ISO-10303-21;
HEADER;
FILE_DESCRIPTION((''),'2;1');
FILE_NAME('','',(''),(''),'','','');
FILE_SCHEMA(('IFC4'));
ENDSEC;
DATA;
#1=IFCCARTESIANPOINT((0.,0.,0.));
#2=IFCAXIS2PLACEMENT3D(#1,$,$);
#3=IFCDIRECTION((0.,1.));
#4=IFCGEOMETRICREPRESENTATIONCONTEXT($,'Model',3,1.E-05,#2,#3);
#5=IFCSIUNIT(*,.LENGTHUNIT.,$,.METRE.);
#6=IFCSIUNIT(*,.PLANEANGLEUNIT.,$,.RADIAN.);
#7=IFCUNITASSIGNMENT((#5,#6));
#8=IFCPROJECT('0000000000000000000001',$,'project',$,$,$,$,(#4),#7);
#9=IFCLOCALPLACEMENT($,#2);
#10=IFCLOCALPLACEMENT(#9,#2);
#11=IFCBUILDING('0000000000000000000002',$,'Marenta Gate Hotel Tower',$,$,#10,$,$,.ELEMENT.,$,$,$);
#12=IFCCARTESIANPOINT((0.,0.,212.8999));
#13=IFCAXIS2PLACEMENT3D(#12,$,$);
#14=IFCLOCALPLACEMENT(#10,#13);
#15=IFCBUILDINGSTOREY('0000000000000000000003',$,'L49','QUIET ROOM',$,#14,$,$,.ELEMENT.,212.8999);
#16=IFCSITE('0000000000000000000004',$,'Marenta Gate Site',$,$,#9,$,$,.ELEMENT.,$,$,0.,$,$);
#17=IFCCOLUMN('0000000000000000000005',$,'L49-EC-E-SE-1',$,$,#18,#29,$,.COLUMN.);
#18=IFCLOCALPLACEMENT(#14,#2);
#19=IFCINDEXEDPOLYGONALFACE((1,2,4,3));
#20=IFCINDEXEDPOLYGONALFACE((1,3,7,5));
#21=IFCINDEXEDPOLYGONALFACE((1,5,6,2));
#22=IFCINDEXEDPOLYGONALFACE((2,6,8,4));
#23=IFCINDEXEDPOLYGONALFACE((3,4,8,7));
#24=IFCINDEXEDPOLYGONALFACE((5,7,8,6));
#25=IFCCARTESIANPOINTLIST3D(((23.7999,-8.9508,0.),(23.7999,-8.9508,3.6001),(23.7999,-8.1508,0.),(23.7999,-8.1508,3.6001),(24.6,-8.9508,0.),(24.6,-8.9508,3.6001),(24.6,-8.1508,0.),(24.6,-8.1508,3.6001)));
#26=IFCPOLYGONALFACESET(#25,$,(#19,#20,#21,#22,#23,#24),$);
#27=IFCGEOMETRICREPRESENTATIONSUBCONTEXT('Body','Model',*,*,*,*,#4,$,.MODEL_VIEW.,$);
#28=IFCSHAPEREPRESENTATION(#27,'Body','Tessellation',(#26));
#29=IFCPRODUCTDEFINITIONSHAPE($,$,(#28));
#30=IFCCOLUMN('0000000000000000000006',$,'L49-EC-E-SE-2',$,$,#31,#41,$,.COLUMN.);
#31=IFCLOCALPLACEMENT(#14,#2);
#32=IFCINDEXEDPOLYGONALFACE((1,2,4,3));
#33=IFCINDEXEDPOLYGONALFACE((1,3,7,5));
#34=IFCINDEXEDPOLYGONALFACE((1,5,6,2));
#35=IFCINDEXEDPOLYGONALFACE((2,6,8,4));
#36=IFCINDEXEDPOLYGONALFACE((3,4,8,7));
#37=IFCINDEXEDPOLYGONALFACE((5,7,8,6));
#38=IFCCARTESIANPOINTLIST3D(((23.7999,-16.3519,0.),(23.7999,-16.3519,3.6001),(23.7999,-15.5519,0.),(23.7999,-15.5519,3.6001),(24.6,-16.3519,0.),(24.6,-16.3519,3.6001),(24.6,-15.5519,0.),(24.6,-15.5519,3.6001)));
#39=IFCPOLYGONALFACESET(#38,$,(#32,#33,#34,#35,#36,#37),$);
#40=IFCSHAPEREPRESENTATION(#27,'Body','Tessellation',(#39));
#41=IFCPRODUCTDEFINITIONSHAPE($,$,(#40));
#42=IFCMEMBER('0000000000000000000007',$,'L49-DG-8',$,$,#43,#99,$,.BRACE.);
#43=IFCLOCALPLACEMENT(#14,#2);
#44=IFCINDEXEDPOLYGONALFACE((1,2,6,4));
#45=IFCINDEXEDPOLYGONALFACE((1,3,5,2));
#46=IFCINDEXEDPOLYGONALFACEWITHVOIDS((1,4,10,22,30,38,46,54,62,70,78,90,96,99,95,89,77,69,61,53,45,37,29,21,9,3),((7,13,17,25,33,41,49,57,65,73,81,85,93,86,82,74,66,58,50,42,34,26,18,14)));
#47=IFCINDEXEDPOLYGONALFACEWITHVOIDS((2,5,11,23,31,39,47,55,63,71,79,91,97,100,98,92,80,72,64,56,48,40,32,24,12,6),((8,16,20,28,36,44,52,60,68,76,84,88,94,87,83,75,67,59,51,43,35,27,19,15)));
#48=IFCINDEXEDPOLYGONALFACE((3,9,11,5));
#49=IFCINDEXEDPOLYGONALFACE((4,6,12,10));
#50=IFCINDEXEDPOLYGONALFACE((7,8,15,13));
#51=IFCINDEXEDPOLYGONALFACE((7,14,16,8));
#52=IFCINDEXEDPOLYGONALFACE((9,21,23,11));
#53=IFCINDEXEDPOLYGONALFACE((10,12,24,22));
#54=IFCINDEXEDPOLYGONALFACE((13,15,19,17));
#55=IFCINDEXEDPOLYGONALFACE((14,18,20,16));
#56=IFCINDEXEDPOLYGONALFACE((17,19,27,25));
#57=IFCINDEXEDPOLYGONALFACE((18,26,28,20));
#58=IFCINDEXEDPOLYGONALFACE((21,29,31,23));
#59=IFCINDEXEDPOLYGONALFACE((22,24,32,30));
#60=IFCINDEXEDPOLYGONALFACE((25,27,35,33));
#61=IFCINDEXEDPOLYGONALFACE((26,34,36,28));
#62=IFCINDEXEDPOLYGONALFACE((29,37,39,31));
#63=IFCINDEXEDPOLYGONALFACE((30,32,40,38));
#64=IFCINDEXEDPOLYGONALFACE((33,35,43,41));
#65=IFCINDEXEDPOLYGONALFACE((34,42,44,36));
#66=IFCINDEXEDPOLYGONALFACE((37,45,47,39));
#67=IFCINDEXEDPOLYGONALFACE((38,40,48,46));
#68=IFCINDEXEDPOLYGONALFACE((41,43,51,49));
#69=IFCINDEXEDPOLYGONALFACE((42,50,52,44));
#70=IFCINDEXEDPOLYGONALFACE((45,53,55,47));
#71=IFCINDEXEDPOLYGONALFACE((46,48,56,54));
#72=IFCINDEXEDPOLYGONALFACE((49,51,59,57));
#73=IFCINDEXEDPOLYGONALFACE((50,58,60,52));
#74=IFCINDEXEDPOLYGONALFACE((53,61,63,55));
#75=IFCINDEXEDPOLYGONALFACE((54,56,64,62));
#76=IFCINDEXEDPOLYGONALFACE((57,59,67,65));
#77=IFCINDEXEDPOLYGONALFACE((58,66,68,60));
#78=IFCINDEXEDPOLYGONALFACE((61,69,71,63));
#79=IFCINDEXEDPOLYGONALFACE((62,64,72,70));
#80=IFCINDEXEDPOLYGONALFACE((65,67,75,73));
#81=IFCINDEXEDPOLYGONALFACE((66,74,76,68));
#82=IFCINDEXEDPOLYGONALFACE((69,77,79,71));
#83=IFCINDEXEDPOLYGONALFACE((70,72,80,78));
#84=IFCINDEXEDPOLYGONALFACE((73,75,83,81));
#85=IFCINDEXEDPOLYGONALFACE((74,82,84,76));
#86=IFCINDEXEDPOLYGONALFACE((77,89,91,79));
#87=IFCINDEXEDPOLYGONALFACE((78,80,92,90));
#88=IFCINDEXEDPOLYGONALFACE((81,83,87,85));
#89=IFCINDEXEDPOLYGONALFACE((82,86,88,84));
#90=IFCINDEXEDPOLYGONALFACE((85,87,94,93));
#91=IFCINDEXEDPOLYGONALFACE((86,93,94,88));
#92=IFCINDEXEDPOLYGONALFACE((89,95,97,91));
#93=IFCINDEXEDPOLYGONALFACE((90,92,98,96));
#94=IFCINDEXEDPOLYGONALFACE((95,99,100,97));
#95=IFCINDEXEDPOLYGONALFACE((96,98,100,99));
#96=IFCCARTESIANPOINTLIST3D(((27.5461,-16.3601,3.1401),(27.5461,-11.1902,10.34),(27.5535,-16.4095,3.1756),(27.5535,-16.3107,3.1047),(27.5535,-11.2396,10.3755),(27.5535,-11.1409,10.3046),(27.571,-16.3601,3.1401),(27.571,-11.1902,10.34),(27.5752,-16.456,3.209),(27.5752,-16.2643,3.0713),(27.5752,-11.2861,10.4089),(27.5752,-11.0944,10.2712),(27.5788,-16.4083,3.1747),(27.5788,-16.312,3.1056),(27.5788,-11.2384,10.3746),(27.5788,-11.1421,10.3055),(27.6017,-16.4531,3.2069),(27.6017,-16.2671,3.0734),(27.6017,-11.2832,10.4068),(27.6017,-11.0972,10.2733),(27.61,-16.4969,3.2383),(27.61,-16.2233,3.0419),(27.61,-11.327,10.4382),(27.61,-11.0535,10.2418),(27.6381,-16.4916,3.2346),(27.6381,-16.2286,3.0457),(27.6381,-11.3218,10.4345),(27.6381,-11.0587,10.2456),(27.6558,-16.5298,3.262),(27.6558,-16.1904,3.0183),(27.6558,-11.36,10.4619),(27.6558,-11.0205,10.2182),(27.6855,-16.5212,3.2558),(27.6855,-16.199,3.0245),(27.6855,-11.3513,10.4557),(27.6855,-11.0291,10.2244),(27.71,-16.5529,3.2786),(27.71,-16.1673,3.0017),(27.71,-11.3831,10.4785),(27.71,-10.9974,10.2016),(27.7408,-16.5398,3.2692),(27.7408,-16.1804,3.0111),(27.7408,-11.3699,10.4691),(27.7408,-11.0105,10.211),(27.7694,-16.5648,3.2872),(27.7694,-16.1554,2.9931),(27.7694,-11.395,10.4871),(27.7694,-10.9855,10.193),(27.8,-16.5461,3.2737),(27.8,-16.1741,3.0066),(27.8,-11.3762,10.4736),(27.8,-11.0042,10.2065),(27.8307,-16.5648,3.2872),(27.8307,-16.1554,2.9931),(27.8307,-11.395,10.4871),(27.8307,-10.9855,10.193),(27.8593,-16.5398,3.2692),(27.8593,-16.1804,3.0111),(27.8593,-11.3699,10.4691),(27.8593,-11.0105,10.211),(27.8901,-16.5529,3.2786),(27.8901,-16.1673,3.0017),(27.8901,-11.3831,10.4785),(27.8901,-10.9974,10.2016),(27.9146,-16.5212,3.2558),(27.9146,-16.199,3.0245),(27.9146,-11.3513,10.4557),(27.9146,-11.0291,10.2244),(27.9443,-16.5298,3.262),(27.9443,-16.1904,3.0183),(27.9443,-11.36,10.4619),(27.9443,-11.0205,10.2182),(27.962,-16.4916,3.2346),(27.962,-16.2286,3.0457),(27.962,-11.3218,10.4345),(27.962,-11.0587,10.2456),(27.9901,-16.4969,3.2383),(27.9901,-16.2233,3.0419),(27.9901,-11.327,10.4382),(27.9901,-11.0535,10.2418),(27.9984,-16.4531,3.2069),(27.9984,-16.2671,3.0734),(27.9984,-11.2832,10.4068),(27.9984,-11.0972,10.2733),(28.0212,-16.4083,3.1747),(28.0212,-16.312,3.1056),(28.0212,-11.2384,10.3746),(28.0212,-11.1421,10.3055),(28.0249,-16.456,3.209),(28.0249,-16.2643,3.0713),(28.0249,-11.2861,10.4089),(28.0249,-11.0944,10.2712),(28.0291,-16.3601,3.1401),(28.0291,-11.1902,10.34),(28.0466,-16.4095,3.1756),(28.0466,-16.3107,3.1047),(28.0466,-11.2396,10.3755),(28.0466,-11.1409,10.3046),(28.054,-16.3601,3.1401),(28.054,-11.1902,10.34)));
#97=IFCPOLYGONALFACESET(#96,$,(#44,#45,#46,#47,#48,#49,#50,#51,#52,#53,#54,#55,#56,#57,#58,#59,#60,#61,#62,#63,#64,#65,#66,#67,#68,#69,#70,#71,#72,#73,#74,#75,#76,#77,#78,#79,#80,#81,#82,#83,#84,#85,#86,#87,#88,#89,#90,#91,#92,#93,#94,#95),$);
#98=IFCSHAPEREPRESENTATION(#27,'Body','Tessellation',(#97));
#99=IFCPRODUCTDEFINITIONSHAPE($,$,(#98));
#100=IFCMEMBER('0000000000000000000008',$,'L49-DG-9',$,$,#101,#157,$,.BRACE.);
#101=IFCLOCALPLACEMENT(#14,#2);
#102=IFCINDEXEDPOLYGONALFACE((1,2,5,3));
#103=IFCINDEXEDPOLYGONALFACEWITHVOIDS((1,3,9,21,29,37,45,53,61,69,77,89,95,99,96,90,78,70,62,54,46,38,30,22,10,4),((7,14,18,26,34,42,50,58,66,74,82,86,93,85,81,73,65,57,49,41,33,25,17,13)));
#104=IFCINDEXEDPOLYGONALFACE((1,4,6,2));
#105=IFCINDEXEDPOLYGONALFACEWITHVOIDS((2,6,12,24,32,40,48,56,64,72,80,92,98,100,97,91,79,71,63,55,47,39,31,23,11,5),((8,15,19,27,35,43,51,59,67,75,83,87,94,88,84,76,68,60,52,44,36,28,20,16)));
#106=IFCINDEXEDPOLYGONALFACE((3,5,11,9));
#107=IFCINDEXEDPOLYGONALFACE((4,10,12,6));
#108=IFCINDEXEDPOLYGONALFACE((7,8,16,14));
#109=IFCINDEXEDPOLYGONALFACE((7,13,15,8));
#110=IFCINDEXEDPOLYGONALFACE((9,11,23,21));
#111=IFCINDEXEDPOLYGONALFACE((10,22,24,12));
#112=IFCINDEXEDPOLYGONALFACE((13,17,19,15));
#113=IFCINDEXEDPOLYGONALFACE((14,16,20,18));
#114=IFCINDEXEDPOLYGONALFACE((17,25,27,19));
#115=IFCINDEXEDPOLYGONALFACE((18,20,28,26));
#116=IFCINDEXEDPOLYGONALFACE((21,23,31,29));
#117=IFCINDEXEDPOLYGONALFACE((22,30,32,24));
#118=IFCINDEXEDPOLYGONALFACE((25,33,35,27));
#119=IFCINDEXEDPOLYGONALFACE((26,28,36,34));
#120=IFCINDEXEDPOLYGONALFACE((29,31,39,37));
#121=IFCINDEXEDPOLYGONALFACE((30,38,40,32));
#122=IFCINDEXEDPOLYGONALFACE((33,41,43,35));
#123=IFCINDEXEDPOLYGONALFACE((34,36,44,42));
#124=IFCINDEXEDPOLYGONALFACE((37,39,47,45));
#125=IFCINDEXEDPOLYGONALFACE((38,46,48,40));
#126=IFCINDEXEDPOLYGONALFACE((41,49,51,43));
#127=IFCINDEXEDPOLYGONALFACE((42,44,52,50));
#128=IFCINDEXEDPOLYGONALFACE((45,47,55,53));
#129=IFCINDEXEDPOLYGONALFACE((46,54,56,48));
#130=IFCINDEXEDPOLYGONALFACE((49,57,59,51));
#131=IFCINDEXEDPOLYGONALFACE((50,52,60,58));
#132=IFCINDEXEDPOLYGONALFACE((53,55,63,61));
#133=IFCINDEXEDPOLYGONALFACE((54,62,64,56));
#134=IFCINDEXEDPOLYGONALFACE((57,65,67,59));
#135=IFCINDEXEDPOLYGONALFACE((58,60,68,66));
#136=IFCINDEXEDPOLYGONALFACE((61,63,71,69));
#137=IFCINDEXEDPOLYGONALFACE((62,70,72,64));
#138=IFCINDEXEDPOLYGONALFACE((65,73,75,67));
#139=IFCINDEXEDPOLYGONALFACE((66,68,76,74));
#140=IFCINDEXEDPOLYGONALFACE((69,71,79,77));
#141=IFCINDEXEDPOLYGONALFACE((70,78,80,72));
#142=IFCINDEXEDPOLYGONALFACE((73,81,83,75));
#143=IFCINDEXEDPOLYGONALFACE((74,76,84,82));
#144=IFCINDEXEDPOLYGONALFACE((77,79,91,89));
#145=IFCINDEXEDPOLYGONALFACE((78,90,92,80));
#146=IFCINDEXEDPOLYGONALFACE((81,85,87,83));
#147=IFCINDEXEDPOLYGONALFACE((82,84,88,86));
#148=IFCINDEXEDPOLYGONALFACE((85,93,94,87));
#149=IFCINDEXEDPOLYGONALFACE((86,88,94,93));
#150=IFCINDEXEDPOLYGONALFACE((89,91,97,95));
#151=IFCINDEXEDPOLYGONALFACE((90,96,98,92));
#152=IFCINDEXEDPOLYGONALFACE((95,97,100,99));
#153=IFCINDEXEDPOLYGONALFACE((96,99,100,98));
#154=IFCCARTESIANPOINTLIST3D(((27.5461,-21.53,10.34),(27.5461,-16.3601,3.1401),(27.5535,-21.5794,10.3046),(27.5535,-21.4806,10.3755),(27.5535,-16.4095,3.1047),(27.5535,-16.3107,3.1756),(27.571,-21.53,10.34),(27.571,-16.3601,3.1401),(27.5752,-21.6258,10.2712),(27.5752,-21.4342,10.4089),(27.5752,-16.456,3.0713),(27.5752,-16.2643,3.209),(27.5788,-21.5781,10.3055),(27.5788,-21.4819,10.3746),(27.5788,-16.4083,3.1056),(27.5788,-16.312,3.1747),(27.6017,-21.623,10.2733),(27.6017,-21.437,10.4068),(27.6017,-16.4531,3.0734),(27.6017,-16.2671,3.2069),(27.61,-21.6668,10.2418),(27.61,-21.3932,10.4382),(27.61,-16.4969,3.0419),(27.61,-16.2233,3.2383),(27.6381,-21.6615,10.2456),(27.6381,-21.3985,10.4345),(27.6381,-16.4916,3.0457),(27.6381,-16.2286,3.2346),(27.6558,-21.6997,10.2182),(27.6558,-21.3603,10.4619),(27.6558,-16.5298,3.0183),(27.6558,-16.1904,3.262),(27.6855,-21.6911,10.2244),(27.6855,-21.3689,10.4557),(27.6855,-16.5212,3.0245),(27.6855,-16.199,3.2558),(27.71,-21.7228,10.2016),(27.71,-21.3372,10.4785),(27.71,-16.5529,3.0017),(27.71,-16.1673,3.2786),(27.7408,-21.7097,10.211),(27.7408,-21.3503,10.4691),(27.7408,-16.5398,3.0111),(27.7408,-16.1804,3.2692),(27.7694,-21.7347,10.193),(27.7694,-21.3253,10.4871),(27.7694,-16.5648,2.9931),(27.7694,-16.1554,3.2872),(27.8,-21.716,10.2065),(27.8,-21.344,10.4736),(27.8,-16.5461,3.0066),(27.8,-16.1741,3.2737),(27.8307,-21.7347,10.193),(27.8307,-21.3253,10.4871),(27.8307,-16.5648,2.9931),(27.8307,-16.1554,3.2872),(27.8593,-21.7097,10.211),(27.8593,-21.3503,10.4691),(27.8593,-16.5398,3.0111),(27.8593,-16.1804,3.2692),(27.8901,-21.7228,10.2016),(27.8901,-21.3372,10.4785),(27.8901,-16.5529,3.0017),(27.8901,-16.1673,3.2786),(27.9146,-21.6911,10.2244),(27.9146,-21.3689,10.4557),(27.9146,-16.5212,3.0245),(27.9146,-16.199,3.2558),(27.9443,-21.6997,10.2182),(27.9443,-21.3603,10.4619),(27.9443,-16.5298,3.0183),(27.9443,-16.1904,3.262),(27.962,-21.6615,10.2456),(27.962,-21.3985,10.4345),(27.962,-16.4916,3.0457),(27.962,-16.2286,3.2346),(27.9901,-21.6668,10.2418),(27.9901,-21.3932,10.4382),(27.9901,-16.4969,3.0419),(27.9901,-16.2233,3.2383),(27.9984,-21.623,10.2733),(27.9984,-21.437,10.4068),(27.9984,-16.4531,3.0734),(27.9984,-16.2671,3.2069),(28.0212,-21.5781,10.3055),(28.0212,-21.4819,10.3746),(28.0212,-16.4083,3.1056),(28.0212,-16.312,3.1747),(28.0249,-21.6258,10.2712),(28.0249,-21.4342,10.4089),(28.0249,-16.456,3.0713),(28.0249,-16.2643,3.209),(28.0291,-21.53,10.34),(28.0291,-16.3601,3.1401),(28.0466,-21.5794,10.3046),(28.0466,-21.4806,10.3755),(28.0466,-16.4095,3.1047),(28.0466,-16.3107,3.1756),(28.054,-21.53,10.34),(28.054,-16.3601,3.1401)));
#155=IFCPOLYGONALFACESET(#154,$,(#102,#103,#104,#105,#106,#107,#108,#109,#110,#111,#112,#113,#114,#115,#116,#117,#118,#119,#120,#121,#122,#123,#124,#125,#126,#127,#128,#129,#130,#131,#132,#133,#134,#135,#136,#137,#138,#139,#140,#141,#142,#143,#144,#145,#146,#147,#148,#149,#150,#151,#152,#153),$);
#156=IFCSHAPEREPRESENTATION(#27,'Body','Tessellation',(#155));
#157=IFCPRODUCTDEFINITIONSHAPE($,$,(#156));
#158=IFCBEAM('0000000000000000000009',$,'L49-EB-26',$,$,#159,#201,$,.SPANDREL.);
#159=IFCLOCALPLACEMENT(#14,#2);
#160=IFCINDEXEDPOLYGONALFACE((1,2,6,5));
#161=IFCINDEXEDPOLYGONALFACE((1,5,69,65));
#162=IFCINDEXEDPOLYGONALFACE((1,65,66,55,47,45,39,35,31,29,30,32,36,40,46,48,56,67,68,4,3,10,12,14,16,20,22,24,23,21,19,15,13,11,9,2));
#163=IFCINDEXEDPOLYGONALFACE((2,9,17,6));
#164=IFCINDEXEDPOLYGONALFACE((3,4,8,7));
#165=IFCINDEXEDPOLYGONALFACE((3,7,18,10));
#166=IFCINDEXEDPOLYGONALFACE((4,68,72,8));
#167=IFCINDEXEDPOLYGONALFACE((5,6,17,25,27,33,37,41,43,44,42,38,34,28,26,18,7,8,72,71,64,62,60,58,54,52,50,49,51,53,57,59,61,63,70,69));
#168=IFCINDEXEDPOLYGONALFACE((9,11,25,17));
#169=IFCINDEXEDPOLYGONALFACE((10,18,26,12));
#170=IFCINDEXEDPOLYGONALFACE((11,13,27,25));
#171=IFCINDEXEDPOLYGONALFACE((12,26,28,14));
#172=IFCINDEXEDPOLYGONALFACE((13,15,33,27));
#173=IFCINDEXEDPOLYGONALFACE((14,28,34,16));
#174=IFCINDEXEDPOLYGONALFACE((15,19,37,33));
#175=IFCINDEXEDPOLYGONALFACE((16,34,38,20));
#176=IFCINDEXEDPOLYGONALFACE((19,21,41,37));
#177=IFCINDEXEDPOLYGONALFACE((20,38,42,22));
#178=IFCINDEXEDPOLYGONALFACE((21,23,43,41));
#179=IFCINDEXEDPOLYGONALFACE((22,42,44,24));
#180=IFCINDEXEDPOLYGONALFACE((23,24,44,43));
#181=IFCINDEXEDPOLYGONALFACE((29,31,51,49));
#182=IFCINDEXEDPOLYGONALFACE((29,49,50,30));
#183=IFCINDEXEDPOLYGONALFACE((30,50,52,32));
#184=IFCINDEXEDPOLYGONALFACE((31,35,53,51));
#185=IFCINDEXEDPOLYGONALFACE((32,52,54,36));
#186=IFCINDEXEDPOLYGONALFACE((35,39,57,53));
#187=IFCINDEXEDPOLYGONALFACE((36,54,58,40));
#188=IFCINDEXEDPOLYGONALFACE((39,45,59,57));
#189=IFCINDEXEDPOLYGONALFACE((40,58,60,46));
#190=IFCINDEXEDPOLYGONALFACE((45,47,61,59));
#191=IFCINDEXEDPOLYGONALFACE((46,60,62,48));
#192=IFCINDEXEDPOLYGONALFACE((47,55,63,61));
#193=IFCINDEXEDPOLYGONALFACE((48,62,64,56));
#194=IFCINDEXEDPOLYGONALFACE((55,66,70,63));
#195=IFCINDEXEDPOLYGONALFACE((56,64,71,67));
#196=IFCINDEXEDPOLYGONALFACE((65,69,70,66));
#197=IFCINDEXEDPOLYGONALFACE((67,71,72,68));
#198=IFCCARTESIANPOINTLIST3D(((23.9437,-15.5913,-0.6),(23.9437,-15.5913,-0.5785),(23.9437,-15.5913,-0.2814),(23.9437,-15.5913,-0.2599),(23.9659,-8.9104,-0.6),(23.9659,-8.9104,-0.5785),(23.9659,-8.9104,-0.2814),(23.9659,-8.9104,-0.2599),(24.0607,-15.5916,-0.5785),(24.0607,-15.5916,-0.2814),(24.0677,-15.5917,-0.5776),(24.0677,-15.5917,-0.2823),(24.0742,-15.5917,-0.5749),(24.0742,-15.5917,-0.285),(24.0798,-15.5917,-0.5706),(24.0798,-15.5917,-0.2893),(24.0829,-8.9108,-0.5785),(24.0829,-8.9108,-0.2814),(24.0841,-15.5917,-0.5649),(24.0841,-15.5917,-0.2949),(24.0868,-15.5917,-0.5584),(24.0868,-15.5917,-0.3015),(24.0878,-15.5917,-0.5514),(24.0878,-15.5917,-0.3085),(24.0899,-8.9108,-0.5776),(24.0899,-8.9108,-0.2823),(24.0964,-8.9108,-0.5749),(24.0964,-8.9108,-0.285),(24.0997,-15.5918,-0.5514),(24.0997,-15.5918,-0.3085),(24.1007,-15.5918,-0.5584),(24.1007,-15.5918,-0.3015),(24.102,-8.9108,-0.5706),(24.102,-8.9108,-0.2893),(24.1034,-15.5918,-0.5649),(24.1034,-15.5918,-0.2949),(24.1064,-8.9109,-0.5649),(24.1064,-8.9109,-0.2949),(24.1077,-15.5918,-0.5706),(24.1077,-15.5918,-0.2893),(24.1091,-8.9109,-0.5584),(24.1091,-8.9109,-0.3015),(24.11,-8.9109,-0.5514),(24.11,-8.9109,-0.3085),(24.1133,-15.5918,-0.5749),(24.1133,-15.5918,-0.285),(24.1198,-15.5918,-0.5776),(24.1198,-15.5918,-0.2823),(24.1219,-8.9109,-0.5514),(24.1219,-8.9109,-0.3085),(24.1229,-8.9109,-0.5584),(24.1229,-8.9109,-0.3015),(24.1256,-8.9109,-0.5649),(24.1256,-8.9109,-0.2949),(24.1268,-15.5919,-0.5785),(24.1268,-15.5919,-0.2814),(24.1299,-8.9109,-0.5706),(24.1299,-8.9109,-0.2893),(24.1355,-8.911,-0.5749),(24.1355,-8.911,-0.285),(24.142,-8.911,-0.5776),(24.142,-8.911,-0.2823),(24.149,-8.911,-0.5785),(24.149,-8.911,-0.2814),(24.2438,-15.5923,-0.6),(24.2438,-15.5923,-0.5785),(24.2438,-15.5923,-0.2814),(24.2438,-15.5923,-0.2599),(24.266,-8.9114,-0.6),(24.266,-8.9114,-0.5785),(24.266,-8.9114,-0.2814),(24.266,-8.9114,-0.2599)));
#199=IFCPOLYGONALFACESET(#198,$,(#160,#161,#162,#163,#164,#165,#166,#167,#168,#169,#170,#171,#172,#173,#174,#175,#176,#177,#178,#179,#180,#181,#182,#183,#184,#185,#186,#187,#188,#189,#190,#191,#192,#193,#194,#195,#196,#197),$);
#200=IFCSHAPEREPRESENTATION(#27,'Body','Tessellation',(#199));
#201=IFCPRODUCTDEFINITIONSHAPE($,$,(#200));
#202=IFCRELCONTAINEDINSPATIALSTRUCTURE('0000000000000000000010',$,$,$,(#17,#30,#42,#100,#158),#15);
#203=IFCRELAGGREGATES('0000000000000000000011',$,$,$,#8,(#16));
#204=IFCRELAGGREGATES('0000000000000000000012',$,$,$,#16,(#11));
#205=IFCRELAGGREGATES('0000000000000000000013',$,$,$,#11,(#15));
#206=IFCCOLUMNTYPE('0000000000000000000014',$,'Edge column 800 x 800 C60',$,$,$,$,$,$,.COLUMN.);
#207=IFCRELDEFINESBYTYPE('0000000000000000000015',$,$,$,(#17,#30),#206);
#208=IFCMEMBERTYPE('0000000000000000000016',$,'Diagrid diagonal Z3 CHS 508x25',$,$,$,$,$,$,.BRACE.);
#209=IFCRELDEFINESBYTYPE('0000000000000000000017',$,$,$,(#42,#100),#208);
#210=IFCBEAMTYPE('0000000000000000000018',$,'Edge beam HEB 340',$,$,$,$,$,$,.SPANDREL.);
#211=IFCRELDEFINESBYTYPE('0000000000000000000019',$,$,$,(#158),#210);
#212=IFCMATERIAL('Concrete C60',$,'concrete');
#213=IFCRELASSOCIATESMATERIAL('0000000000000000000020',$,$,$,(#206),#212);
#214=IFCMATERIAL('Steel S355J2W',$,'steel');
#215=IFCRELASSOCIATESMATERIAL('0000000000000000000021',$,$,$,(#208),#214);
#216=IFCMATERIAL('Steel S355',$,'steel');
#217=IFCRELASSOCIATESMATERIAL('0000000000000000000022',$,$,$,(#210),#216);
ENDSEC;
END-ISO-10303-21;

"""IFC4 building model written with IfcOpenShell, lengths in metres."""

from ifc_helpers import new_model, si_unit, direction, frame, origin, origin_2d, place, context, subcontext, project, spatial, rectangle, hollow_circle, i_section, extrude, material, material_profile, profile_set, type_object, element, save


model = new_model("IFC4")

# Units and contexts
model_context = context("Model", 3, precision=1e-05, world=origin(), true_north=direction((0.0, 1.0)))
body_context = subcontext(model_context, "Body", "Model", "MODEL_VIEW")
ifc_project = project(units=[si_unit("LENGTHUNIT", "METRE"), si_unit("PLANEANGLEUNIT", "RADIAN")], contexts=[model_context])

# Site, building, storey
site_placement = place(None, origin())
site = spatial("IfcSite", under=ifc_project, at=site_placement, Name="Marenta Gate Site", CompositionType="ELEMENT", RefElevation=0.0)
building_placement = place(site_placement, origin())
building = spatial("IfcBuilding", under=site, at=building_placement, Name="Marenta Gate Hotel Tower", CompositionType="ELEMENT")
storey_placement = place(building_placement, frame((0.0, 0.0, 212.8999)))
storey = spatial("IfcBuildingStorey", under=building, at=storey_placement, Name="L49", Description="QUIET ROOM", CompositionType="ELEMENT", Elevation=212.8999)

# Columns
ifc_material_1 = material(Name="Concrete C60", Category="concrete")
ifc_material_profile_1 = material_profile(ifc_material_1, rectangle(XDim=0.8, YDim=0.8, at=origin_2d()), Name="800 x 800")
ifc_profile_set_1 = profile_set([ifc_material_profile_1], Name="Concrete C60")
column_type = type_object("IfcColumnType", Name="Edge column 800 x 800 C60", PredefinedType="COLUMN", material=ifc_profile_set_1)
for number, where, z_axis, x_axis, name in (
    (1, (24.2, -8.5508, 0.0), (0.0, 0.0, 1.0), (1.0, 0.0, 0.0), "L49-EC-E-SE-1"),
    (2, (24.2, -15.9519, 0.0), (0.0, 0.0, 1.0), (1.0, 0.0, 0.0), "L49-EC-E-SE-2"),
):
    element("IfcColumn", number, at=place(storey_placement, frame(where, z_axis=z_axis, x_axis=x_axis)), inside=storey, type_object=column_type, Name=name, PredefinedType="COLUMN", context=body_context, shape_type="SweptSolid", body=[
        extrude(rectangle(XDim=0.8, YDim=0.8, at=origin_2d()), origin(), (0.0, 0.0, 1.0), 3.6001),
    ])

# Members
ifc_material_2 = material(Name="Steel S355J2W", Category="steel")
ifc_material_profile_2 = material_profile(ifc_material_2, hollow_circle(Radius=0.2539, WallThickness=0.0249, at=origin_2d()), Name="CHS 508x25")
ifc_profile_set_2 = profile_set([ifc_material_profile_2], Name="Steel S355J2W")
member_type_1 = type_object("IfcMemberType", Name="Diagrid diagonal Z3 CHS 508x25", PredefinedType="BRACE", material=ifc_profile_set_2)
for number, where, z_axis, x_axis, name in (
    (3, (27.8, -16.3601, 3.1401), (0.0, 0.583261, 0.812285), (-1.0, 0.0, 0.0), "L49-DG-8"),
    (4, (27.8, -16.3601, 3.1401), (0.0, -0.583261, 0.812285), (1.0, 0.0, 0.0), "L49-DG-9"),
):
    element("IfcMember", number, at=place(storey_placement, frame(where, z_axis=z_axis, x_axis=x_axis)), inside=storey, type_object=member_type_1, Name=name, PredefinedType="BRACE", context=body_context, shape_type="SweptSolid", body=[
        extrude(hollow_circle(Radius=0.2539, WallThickness=0.0249, at=origin_2d()), origin(), (0.0, 0.0, 1.0), 8.8638),
    ])

# Beam
ifc_material_3 = material(Name="Steel S355", Category="steel")
ifc_material_profile_3 = material_profile(ifc_material_3, i_section(OverallWidth=0.3, OverallDepth=0.3401, WebThickness=0.012, FlangeThickness=0.0215, FilletRadius=0.0271, at=origin_2d()), Name="HEB 340")
ifc_profile_set_3 = profile_set([ifc_material_profile_3], Name="Steel S355")
beam_type = type_object("IfcBeamType", Name="Edge beam HEB 340", PredefinedType="SPANDREL", material=ifc_profile_set_3)
beam_1_placement = place(storey_placement, frame((24.116, -8.9109, -0.4299), z_axis=(-0.003325, -0.999994, 0.0), x_axis=(0.999994, -0.003325, 0.0)))
element("IfcBeam", 5, at=beam_1_placement, inside=storey, type_object=beam_type, Name="L49-EB-26", PredefinedType="SPANDREL", context=body_context, shape_type="SweptSolid", body=[
    extrude(i_section(OverallWidth=0.3, OverallDepth=0.3401, WebThickness=0.012, FlangeThickness=0.0215, FilletRadius=0.0271, at=origin_2d()), origin(), (0.0, 0.0, 1.0), 6.6809),
])

save(model, "model.ifc")
